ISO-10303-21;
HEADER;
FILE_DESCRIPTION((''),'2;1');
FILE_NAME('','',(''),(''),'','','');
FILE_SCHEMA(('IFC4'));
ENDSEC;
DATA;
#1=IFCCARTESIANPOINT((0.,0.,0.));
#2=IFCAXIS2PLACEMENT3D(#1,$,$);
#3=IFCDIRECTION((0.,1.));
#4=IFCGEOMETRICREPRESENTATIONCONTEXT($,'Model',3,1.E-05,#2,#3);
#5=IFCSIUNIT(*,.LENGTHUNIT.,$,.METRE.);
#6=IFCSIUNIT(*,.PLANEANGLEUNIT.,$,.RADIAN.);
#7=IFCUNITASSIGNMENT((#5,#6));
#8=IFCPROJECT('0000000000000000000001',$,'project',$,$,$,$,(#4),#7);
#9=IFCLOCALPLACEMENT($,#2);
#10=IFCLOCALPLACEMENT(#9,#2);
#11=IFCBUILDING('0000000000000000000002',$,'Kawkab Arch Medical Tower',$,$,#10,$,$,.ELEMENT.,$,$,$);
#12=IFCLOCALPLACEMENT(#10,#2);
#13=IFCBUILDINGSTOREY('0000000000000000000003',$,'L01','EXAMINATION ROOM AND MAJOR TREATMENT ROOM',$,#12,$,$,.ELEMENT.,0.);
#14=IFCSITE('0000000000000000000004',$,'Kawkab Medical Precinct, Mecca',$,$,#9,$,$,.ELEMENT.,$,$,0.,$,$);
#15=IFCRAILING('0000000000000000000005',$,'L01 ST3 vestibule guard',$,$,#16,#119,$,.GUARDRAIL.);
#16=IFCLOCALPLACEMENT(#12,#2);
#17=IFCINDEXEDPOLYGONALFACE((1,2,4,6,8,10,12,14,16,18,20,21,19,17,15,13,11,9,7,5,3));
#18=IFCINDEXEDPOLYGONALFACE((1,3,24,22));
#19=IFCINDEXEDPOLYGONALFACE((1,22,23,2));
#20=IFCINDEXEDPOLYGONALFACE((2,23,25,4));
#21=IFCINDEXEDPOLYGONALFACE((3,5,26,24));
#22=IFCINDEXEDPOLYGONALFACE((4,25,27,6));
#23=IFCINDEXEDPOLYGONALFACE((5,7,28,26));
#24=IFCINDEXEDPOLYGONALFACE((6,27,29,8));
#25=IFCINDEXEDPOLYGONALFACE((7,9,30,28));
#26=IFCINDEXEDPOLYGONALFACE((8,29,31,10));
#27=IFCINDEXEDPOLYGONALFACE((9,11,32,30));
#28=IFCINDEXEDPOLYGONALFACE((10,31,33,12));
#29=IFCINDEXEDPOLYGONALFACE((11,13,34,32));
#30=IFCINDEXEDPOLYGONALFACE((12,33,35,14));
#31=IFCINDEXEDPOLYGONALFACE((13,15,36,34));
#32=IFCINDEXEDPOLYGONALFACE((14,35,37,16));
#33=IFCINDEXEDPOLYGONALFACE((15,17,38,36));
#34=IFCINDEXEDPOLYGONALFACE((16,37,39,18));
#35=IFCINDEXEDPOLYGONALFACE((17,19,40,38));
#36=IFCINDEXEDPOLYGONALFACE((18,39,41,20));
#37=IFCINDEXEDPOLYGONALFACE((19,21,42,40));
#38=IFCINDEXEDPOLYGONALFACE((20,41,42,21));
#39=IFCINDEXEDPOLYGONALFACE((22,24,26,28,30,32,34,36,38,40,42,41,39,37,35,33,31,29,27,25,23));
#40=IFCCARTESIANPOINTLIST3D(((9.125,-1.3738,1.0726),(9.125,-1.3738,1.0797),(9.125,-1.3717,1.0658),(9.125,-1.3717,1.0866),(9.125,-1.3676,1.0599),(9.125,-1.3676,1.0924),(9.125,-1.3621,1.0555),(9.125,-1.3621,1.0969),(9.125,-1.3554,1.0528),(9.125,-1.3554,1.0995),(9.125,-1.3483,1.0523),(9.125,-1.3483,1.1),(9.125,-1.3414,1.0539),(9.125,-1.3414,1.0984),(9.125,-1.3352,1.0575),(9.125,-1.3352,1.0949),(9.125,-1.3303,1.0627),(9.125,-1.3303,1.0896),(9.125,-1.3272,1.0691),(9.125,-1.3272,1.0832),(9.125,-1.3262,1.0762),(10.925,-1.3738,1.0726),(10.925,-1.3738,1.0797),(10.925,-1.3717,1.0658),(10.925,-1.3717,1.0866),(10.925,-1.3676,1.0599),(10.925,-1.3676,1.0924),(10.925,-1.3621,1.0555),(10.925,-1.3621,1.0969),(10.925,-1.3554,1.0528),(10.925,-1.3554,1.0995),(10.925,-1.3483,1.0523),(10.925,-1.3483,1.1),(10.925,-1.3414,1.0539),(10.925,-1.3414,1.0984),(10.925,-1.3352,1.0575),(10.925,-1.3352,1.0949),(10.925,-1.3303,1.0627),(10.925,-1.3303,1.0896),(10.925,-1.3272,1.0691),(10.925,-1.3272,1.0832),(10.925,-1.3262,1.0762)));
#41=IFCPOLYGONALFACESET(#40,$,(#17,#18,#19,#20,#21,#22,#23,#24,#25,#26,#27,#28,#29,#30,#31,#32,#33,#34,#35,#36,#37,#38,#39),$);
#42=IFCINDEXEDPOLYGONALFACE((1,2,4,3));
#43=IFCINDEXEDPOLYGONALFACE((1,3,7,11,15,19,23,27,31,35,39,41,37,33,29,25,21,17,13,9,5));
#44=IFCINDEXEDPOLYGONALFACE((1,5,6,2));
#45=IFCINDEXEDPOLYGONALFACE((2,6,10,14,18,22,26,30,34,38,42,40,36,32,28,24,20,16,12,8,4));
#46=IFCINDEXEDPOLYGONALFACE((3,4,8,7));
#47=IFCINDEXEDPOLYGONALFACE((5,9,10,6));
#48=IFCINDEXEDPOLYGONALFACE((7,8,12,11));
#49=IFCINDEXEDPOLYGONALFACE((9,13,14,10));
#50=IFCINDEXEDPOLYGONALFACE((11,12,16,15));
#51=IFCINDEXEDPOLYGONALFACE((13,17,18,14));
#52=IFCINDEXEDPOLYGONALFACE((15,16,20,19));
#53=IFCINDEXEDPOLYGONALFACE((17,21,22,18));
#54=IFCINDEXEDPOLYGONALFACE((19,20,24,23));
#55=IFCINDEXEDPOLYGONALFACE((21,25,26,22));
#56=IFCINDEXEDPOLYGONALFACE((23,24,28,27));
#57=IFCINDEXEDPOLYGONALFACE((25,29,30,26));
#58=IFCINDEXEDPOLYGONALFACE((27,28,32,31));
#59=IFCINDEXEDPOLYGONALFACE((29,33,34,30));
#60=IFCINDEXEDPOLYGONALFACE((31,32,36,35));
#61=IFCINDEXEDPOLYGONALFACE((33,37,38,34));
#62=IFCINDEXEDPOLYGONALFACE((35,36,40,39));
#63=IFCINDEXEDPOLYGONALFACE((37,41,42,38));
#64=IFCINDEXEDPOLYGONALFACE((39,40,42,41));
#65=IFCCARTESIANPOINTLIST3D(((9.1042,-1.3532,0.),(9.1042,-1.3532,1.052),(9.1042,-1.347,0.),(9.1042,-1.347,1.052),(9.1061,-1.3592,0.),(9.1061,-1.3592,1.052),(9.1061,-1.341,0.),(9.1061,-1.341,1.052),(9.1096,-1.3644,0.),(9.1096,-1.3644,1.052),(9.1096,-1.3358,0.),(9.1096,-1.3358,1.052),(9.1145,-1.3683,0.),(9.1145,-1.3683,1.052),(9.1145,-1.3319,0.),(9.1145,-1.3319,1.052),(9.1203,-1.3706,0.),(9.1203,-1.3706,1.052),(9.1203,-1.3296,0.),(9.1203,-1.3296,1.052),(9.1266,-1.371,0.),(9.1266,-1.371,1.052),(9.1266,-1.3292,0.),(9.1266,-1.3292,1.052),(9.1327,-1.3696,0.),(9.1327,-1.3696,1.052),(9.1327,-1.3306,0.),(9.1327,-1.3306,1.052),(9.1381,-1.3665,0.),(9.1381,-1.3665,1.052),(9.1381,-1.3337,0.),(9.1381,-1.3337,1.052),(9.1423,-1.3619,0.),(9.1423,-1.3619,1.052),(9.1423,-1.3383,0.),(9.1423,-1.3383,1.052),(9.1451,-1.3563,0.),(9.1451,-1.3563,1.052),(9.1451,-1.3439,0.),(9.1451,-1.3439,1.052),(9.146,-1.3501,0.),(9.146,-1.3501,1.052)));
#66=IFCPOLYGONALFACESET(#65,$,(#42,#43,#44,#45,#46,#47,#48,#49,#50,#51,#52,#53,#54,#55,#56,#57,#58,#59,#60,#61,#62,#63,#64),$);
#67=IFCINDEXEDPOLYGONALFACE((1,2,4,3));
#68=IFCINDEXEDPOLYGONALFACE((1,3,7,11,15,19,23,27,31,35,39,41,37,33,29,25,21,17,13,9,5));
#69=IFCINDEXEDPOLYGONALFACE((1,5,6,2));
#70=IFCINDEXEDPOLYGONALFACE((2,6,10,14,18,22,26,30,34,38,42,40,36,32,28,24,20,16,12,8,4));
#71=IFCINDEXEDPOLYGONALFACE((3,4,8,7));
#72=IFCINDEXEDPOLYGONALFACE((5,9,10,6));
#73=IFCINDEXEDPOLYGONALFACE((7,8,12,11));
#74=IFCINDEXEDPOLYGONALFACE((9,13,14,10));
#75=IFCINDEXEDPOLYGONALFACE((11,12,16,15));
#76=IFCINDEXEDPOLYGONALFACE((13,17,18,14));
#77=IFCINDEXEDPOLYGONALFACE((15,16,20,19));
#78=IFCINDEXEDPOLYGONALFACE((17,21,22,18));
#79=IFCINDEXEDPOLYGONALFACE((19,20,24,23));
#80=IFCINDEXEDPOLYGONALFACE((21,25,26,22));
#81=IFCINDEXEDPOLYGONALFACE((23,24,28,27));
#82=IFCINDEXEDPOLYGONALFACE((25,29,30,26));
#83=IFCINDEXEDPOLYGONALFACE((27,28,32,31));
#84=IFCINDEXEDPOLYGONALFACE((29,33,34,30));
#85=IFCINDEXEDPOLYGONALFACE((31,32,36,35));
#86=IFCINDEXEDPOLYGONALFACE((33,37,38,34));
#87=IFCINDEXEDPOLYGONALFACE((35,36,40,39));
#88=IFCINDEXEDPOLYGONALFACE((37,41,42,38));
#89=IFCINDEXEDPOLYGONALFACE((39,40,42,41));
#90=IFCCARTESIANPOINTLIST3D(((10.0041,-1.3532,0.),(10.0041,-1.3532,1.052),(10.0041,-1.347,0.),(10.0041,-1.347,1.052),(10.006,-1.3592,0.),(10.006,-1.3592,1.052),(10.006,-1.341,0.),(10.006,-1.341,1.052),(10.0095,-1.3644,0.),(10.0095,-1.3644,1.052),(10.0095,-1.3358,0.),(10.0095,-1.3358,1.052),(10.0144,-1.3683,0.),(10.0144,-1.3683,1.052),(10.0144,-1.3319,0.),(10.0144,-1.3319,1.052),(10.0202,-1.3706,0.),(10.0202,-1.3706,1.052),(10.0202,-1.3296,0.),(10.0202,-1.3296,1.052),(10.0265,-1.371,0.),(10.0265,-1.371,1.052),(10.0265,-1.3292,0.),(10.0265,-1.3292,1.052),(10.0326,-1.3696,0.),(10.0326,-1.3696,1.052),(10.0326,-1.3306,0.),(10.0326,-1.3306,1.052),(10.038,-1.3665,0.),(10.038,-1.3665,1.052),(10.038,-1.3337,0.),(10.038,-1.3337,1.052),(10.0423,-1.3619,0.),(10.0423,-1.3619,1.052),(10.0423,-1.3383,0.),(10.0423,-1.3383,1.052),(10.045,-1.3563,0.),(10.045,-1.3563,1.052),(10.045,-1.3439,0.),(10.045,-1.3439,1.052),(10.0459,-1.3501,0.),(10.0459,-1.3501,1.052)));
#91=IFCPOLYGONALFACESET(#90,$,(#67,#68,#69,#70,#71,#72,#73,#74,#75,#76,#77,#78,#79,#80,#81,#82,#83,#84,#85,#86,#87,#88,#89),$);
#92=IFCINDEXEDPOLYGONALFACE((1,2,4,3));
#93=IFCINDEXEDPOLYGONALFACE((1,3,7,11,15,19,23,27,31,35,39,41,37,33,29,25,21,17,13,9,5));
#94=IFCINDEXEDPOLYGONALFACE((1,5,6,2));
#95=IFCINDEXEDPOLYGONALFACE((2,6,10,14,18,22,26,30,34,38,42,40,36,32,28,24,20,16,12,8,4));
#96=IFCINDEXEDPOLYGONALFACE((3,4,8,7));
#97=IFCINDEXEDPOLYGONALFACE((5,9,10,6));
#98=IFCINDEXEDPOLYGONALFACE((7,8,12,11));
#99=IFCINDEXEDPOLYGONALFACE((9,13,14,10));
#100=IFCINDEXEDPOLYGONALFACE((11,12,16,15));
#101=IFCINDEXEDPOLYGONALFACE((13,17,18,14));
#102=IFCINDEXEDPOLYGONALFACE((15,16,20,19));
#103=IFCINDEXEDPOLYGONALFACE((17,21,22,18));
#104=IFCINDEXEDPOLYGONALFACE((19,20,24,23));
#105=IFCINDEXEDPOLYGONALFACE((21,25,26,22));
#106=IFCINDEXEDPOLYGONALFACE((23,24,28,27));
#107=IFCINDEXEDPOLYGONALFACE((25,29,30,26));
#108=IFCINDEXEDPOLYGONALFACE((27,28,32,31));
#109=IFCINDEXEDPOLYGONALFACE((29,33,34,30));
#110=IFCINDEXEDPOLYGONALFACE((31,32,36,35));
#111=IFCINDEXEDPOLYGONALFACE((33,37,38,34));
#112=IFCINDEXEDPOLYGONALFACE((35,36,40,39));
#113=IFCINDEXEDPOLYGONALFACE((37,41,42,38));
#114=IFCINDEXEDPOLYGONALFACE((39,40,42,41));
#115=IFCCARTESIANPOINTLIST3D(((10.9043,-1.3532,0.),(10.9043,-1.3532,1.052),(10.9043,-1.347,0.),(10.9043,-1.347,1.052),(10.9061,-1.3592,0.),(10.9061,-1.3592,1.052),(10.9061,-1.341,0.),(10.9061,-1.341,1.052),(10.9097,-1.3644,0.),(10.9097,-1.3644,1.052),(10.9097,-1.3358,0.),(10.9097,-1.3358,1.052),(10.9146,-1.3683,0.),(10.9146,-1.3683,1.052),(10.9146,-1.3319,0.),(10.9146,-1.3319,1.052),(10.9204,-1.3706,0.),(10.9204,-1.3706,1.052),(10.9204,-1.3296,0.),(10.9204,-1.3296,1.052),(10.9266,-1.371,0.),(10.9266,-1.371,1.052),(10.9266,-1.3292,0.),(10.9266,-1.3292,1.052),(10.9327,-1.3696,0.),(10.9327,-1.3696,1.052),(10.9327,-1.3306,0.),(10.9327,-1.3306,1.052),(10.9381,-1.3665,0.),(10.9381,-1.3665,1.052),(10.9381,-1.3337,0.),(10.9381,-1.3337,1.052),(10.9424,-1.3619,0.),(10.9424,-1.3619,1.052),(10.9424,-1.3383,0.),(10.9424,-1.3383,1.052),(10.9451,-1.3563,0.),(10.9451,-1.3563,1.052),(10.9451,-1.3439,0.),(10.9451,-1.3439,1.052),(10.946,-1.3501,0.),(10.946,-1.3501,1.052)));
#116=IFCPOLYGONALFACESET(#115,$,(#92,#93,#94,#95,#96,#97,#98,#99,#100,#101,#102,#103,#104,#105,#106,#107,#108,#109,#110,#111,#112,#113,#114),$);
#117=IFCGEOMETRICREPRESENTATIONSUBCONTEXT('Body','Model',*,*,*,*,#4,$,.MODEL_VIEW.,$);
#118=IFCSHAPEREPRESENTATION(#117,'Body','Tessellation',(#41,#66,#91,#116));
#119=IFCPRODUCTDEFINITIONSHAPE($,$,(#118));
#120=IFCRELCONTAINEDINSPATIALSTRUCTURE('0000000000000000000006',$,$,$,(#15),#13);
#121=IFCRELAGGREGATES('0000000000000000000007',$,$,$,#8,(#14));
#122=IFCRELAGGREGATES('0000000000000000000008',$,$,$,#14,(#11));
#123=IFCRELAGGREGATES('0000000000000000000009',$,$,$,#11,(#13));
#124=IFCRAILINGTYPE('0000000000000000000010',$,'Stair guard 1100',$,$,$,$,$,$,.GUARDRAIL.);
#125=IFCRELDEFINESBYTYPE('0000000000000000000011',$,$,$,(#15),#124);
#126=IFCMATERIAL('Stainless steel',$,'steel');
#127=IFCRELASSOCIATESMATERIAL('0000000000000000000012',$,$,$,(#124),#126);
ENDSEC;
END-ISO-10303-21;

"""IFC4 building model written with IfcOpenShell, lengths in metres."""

from ifc_helpers import new_model, si_unit, direction, frame, origin, origin_2d, place, context, subcontext, project, spatial, circle, extrude, material, type_object, element, save


model = new_model("IFC4")

# Units and contexts
model_context = context("Model", 3, precision=1e-05, world=origin(), true_north=direction((0.0, 1.0)))
body_context = subcontext(model_context, "Body", "Model", "MODEL_VIEW")
ifc_project = project(units=[si_unit("LENGTHUNIT", "METRE"), si_unit("PLANEANGLEUNIT", "RADIAN")], contexts=[model_context])

# Site, building, storey
site_placement = place(None, origin())
site = spatial("IfcSite", under=ifc_project, at=site_placement, Name="Kawkab Medical Precinct, Mecca", CompositionType="ELEMENT", RefElevation=0.0)
building_placement = place(site_placement, origin())
building = spatial("IfcBuilding", under=site, at=building_placement, Name="Kawkab Arch Medical Tower", CompositionType="ELEMENT")
storey_placement = place(building_placement, origin())
storey = spatial("IfcBuildingStorey", under=building, at=storey_placement, Name="L01", Description="EXAMINATION ROOM AND MAJOR TREATMENT ROOM", CompositionType="ELEMENT", Elevation=0.0)

# Railing
ifc_material_1 = material(Name="Stainless steel", Category="steel")
railing_type = type_object("IfcRailingType", Name="Stair guard 1100", PredefinedType="GUARDRAIL", material=ifc_material_1)
railing_1_placement = place(storey_placement, frame((9.125, -1.3501, 0.0)))
element("IfcRailing", 1, at=railing_1_placement, inside=storey, type_object=railing_type, Name="L01 ST3 vestibule guard", PredefinedType="GUARDRAIL", context=body_context, shape_type="SweptSolid", body=[
    extrude(circle(Radius=0.0239, at=origin_2d()), frame((0.0, 0.0, 1.0762), z_axis=(1.0, 0.0, 0.0), x_axis=(0.0, 1.0, 0.0)), (0.0, 0.0, 1.0), 1.8),
    extrude(circle(Radius=0.021, at=origin_2d()), origin(), (0.0, 0.0, 1.0), 1.052),
    extrude(circle(Radius=0.021, at=origin_2d()), frame((0.8999, 0.0, 0.0)), (0.0, 0.0, 1.0), 1.052),
    extrude(circle(Radius=0.021, at=origin_2d()), frame((1.8, 0.0, 0.0)), (0.0, 0.0, 1.0), 1.052),
])

save(model, "model.ifc")
